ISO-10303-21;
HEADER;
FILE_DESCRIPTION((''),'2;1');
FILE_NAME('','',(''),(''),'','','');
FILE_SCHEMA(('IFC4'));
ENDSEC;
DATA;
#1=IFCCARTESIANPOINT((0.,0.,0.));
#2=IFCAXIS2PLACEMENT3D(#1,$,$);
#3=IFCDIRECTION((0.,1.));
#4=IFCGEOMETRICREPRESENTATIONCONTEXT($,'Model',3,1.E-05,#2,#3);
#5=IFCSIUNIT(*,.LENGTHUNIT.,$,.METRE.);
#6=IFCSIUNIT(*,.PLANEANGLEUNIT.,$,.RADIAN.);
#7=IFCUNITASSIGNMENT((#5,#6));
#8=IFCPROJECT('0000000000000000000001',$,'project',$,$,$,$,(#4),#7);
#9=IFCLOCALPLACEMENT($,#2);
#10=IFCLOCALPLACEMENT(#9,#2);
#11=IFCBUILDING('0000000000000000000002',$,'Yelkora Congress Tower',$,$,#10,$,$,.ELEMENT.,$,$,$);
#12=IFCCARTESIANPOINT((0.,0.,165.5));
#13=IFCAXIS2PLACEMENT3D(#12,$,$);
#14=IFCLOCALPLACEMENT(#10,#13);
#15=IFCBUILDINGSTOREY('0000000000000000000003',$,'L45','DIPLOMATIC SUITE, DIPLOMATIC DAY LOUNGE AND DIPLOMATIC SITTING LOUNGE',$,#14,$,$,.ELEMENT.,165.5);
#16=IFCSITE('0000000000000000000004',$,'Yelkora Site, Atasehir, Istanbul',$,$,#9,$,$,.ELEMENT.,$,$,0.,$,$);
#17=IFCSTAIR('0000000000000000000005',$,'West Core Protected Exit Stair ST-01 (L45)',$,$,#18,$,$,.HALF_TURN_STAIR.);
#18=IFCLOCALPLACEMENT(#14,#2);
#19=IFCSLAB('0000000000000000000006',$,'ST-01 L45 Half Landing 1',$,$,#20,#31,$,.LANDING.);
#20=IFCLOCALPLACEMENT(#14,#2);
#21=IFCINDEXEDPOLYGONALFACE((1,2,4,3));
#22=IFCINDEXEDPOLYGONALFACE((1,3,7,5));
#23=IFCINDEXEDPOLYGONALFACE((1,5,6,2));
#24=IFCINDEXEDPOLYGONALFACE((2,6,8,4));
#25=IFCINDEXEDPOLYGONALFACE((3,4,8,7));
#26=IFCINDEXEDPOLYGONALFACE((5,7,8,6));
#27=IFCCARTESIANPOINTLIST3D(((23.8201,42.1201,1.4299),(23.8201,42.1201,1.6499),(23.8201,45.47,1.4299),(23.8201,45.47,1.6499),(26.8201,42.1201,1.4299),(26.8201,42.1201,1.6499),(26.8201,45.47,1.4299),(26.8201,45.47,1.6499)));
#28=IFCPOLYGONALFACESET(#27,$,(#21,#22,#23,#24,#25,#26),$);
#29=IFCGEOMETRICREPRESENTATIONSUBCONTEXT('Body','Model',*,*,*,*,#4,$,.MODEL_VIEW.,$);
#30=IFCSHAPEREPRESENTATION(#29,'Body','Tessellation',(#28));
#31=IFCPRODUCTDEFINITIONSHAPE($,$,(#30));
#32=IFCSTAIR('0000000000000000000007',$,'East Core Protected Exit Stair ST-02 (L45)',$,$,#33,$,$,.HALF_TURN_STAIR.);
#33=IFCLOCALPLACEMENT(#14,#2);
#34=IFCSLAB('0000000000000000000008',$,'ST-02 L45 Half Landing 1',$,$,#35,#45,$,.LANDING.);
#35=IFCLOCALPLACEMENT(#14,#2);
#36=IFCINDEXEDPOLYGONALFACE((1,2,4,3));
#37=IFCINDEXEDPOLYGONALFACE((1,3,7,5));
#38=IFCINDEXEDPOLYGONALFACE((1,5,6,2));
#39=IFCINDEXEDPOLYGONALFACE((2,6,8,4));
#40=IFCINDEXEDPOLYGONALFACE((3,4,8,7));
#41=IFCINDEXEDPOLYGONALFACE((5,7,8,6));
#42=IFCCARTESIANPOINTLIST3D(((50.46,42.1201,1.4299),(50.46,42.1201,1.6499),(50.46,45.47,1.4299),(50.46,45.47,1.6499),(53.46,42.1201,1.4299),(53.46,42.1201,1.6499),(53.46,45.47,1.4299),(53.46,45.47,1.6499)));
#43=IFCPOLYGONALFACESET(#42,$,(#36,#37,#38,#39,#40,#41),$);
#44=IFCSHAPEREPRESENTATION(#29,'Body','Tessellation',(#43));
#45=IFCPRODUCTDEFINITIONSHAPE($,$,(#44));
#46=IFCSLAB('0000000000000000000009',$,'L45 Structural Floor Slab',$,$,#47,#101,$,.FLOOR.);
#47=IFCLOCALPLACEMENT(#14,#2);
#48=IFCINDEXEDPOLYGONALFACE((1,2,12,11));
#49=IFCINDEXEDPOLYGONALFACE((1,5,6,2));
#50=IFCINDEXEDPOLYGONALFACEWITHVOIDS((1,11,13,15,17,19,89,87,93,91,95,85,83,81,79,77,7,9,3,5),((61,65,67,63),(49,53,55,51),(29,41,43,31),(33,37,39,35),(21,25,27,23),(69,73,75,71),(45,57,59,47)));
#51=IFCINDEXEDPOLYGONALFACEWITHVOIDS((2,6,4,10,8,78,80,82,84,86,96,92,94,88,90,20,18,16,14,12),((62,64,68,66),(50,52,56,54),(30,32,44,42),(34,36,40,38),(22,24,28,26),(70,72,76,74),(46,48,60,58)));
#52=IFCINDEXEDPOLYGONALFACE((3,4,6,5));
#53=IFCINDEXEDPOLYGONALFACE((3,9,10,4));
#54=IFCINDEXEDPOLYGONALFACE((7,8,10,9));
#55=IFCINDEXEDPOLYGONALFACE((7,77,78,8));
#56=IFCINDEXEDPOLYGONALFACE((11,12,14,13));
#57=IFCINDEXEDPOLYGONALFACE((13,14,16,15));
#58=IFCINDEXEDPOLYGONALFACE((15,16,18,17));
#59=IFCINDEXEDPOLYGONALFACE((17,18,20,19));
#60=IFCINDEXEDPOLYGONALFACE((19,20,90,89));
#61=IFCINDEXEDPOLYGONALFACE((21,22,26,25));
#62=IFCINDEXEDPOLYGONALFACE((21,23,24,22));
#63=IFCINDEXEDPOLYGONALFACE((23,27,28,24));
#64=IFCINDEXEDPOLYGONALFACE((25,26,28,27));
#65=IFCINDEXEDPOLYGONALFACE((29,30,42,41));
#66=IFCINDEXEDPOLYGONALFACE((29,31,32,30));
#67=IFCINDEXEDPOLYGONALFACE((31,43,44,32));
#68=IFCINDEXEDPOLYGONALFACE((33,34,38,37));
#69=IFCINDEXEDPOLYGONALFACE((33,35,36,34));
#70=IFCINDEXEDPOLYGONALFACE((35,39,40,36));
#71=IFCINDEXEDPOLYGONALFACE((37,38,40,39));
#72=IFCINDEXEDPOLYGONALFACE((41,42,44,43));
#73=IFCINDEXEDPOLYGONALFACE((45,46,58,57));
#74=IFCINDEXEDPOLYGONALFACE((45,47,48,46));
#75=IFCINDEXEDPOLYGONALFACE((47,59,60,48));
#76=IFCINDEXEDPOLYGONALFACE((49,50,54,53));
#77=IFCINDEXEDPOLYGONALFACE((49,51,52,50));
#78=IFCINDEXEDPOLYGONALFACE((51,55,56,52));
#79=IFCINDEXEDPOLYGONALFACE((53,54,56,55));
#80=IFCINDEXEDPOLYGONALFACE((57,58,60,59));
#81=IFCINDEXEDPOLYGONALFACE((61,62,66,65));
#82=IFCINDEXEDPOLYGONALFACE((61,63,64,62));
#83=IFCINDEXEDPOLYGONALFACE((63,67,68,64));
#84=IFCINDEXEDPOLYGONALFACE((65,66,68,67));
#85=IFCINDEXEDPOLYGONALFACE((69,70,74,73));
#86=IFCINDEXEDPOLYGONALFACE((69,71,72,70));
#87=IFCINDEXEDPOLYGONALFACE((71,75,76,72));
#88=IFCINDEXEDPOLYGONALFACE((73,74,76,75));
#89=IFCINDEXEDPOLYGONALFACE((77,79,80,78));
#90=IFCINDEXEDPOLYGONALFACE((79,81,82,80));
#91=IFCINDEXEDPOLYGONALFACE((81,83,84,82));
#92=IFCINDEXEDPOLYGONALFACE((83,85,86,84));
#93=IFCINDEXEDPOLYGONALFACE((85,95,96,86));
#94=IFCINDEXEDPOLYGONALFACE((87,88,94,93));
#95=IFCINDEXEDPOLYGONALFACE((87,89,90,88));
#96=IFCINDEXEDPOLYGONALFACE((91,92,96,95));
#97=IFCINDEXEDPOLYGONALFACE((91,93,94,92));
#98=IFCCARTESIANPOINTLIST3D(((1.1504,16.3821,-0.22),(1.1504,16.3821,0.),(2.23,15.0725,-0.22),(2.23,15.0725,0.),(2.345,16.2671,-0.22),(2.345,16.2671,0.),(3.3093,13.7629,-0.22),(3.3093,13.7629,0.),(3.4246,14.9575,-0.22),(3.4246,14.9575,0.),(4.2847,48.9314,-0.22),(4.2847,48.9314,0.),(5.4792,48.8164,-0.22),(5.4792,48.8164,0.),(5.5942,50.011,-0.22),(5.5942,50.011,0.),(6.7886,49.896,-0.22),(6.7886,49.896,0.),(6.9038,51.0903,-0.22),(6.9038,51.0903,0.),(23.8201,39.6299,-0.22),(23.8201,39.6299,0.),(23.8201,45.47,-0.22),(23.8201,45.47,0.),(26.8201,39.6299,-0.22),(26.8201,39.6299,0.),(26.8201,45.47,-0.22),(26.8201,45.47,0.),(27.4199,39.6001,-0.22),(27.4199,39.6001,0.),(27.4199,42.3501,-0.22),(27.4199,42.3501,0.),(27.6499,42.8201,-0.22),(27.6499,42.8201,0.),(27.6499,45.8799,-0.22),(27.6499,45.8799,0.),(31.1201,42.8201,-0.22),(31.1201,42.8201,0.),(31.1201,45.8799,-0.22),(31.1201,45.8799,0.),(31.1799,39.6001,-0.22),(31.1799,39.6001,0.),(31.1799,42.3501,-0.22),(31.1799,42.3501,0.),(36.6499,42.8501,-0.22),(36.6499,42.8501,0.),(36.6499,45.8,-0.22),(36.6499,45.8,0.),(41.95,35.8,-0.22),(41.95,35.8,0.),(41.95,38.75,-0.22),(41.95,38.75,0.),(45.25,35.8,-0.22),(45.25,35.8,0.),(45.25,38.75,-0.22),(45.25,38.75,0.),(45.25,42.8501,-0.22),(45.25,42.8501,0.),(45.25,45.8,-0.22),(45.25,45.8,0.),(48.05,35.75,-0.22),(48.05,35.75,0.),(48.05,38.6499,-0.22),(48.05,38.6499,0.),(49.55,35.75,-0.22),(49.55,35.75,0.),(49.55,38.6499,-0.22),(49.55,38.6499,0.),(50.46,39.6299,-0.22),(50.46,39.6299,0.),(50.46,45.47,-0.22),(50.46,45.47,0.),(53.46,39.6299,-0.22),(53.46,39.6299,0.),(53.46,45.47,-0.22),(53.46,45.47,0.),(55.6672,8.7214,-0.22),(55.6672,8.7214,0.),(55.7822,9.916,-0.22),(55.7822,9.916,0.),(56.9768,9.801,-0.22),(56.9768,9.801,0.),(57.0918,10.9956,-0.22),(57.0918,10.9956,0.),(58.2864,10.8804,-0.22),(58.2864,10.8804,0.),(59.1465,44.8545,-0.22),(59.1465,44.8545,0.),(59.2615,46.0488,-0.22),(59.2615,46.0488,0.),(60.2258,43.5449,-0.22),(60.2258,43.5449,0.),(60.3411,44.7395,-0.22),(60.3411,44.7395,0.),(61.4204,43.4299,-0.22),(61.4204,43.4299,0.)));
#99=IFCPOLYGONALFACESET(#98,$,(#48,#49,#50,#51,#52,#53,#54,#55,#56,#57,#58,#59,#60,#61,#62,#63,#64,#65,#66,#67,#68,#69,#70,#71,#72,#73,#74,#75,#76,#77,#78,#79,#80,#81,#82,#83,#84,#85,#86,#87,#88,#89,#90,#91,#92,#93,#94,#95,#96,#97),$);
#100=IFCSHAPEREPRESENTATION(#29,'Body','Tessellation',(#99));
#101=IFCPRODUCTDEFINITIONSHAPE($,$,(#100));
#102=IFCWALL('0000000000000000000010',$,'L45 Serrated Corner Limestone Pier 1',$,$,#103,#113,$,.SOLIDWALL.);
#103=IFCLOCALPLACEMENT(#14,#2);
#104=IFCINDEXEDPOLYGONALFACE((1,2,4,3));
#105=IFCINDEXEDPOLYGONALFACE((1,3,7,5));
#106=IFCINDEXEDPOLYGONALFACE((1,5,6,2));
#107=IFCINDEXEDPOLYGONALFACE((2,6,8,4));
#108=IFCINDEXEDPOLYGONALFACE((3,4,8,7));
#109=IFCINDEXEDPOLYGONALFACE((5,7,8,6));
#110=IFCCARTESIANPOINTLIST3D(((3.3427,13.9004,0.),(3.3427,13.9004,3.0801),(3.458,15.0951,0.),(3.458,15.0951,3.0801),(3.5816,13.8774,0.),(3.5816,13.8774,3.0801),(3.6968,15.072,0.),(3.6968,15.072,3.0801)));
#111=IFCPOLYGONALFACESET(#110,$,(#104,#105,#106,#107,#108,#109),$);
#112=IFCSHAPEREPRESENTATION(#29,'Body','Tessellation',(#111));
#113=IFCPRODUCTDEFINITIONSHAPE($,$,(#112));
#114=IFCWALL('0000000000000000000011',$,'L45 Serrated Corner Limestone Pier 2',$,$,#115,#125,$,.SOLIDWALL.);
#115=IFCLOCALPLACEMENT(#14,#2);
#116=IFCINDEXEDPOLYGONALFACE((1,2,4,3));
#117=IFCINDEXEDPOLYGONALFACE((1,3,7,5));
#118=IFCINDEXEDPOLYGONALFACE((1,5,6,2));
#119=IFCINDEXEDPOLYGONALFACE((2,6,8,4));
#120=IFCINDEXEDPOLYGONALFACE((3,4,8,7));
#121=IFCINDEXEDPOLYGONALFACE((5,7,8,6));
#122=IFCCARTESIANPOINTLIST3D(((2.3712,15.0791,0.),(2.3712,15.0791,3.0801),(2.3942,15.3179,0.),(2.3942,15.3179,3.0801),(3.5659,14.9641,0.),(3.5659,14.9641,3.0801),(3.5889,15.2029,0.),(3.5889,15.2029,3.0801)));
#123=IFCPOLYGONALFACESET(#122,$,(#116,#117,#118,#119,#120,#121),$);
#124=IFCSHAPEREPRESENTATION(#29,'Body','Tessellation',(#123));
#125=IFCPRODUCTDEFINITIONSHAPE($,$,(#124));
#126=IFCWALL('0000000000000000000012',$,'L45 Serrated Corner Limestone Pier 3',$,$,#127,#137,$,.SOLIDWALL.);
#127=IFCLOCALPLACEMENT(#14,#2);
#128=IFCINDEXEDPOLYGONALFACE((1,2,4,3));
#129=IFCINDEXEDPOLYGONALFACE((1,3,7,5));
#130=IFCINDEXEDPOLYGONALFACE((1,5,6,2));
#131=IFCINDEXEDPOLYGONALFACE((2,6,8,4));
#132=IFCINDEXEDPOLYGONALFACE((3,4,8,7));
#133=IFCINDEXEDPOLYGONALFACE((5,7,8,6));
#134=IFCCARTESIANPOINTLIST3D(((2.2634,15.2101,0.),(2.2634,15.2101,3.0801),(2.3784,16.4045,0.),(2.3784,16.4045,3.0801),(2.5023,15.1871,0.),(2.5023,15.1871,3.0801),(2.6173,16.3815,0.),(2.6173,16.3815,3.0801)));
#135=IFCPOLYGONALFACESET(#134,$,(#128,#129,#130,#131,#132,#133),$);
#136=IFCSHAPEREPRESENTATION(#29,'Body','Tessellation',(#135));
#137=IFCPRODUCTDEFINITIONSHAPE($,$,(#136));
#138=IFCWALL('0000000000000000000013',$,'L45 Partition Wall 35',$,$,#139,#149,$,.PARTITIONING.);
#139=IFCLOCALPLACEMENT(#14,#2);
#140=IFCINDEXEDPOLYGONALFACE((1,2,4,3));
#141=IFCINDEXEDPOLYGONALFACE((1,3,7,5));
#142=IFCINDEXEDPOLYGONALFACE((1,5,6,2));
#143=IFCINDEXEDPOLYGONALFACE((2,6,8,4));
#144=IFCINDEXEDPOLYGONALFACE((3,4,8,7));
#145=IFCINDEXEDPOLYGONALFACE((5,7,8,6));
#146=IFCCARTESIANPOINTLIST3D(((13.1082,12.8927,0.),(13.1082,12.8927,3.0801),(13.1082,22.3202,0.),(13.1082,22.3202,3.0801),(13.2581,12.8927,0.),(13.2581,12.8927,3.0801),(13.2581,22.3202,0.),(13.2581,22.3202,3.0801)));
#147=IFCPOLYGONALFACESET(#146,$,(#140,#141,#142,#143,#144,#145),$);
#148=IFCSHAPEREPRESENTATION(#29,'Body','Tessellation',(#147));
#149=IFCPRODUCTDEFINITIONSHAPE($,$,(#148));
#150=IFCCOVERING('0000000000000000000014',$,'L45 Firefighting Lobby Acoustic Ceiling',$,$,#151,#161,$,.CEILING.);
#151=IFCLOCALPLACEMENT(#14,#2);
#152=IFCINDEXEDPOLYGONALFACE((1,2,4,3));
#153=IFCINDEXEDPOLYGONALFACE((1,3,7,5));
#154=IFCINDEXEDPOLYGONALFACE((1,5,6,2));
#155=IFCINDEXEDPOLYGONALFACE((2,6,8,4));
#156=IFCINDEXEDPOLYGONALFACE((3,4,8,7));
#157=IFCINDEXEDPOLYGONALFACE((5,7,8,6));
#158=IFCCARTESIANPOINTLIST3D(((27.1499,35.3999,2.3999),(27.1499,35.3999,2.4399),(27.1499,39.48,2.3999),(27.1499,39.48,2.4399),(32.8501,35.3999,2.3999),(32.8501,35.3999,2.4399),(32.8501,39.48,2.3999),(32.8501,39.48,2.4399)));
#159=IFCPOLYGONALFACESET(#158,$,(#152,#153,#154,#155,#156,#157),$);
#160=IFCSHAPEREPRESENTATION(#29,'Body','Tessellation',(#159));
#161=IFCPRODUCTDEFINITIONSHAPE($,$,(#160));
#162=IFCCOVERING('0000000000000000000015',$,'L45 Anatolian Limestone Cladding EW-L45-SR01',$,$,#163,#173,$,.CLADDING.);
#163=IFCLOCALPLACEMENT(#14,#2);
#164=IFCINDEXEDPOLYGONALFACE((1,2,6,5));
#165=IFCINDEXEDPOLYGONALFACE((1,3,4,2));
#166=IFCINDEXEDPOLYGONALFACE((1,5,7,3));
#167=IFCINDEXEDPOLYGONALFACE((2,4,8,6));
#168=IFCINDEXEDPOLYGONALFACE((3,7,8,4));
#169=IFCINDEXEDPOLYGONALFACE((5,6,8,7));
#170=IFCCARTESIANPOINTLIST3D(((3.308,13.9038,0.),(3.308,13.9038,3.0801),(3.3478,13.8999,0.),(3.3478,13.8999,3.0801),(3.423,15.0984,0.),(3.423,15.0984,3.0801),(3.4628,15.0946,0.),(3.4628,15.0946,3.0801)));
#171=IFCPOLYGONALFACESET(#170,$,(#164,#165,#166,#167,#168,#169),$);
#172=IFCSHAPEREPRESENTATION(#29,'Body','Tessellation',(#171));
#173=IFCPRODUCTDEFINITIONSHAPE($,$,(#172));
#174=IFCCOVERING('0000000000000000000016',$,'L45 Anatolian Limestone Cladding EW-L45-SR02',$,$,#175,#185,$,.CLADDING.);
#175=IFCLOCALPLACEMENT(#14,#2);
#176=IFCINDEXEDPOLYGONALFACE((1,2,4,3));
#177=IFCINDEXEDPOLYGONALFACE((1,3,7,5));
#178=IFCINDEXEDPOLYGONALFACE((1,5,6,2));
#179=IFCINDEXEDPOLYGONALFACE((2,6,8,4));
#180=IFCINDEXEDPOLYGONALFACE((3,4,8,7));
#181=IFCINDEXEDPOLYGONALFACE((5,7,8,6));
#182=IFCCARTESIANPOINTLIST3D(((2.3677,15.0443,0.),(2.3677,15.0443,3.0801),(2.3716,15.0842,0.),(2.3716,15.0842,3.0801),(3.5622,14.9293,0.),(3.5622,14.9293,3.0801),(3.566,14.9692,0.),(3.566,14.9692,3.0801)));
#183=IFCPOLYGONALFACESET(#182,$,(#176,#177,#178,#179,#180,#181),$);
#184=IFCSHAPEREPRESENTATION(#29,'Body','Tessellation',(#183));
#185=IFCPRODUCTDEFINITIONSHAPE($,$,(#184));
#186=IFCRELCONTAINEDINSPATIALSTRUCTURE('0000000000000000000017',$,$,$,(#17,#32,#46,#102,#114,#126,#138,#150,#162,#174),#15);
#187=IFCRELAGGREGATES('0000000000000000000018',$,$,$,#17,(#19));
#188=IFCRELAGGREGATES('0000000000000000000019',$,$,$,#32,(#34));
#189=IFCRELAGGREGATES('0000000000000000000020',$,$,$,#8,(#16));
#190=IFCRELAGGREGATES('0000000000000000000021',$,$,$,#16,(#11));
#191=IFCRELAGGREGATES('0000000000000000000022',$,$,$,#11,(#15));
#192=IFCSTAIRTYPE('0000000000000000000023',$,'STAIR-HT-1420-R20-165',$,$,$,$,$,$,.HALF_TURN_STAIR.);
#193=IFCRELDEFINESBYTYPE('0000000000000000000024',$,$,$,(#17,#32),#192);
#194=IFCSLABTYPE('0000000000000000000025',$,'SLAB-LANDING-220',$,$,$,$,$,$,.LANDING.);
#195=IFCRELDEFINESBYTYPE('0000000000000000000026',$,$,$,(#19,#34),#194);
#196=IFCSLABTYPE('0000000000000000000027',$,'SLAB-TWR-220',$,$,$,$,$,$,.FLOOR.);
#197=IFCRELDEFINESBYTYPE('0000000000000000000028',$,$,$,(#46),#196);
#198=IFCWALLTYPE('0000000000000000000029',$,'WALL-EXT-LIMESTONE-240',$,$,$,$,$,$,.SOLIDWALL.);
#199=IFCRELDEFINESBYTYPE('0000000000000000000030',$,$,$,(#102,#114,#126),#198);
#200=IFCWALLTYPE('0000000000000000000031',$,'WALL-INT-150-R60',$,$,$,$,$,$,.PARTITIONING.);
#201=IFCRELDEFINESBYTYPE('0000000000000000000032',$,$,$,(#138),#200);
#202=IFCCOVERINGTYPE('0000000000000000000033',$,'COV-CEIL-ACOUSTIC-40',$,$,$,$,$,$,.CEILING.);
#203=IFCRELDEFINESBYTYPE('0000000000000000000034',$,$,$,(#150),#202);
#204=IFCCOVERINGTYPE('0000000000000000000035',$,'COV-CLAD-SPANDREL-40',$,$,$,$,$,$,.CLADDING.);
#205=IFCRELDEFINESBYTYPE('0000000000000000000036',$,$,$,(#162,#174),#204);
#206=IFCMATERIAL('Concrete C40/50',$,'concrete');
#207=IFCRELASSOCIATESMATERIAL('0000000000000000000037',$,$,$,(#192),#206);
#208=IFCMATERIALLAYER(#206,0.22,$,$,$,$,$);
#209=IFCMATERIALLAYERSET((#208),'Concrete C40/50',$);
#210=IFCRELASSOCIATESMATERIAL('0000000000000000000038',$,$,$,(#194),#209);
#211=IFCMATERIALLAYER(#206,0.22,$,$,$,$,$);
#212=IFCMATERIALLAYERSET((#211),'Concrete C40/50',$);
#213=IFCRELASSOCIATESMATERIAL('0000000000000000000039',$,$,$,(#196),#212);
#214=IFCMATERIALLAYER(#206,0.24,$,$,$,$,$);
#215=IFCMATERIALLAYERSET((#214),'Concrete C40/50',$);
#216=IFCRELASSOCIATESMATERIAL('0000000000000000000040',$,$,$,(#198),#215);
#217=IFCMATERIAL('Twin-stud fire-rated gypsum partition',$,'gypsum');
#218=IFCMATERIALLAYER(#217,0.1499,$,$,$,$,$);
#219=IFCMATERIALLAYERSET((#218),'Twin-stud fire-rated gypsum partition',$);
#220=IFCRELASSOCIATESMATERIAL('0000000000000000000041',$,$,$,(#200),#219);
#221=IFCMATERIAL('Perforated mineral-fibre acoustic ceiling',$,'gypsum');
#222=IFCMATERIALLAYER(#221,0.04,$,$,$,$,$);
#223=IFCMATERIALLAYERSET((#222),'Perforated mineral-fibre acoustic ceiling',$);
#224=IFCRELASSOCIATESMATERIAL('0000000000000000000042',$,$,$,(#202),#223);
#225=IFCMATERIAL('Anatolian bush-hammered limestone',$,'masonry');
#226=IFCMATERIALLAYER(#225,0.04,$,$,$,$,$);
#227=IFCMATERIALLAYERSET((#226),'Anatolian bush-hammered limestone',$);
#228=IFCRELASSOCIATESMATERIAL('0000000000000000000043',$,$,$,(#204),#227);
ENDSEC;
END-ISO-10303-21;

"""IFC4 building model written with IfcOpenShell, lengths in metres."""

from ifc_helpers import new_model, si_unit, direction, frame, frame_2d, origin, place, context, subcontext, project, spatial, polyline, rectangle, outline, extrude, material, layer, layer_set, type_object, element, aggregate, save


model = new_model("IFC4")

# Units and contexts
model_context = context("Model", 3, precision=1e-05, world=origin(), true_north=direction((0.0, 1.0)))
body_context = subcontext(model_context, "Body", "Model", "MODEL_VIEW")
ifc_project = project(units=[si_unit("LENGTHUNIT", "METRE"), si_unit("PLANEANGLEUNIT", "RADIAN")], contexts=[model_context])

# Site, building, storey
site_placement = place(None, origin())
site = spatial("IfcSite", under=ifc_project, at=site_placement, Name="Yelkora Site, Atasehir, Istanbul", CompositionType="ELEMENT", RefElevation=0.0)
building_placement = place(site_placement, origin())
building = spatial("IfcBuilding", under=site, at=building_placement, Name="Yelkora Congress Tower", CompositionType="ELEMENT")
storey_placement = place(building_placement, frame((0.0, 0.0, 165.5)))
storey = spatial("IfcBuildingStorey", under=building, at=storey_placement, Name="L45", Description="DIPLOMATIC SUITE, DIPLOMATIC DAY LOUNGE AND DIPLOMATIC SITTING LOUNGE", CompositionType="ELEMENT", Elevation=165.5)

# Stairs, slabs
ifc_material_1 = material(Name="Concrete C40/50", Category="concrete")
stair_type = type_object("IfcStairType", Name="STAIR-HT-1420-R20-165", PredefinedType="HALF_TURN_STAIR", material=ifc_material_1)
stair_1_placement = place(storey_placement, origin())
stair_1 = element("IfcStair", 1, at=stair_1_placement, inside=storey, type_object=stair_type, Name="West Core Protected Exit Stair ST-01 (L45)", PredefinedType="HALF_TURN_STAIR")
ifc_layer_1 = layer(ifc_material_1, 0.22)
ifc_layer_set_1 = layer_set([ifc_layer_1], Name="Concrete C40/50")
slab_type_1 = type_object("IfcSlabType", Name="SLAB-LANDING-220", PredefinedType="LANDING", material=ifc_layer_set_1)
slab_1_placement = place(storey_placement, frame((0.0, 0.0, 1.4299)))
slab_1 = element("IfcSlab", 2, at=slab_1_placement, type_object=slab_type_1, Name="ST-01 L45 Half Landing 1", PredefinedType="LANDING", context=body_context, shape_type="SweptSolid", body=[
    extrude(outline(polyline([(26.8201, 42.1201), (26.8201, 45.47), (23.8201, 45.47), (23.8201, 42.1201), (26.8201, 42.1201)])), origin(), (0.0, 0.0, 1.0), 0.22),
])
aggregate(stair_1, [slab_1])
stair_2_placement = place(storey_placement, origin())
stair_2 = element("IfcStair", 3, at=stair_2_placement, inside=storey, type_object=stair_type, Name="East Core Protected Exit Stair ST-02 (L45)", PredefinedType="HALF_TURN_STAIR")
slab_2_placement = place(storey_placement, frame((0.0, 0.0, 1.4299)))
slab_2 = element("IfcSlab", 4, at=slab_2_placement, type_object=slab_type_1, Name="ST-02 L45 Half Landing 1", PredefinedType="LANDING", context=body_context, shape_type="SweptSolid", body=[
    extrude(outline(polyline([(53.46, 42.1201), (53.46, 45.47), (50.46, 45.47), (50.46, 42.1201), (53.46, 42.1201)])), origin(), (0.0, 0.0, 1.0), 0.22),
])
aggregate(stair_2, [slab_2])

# Slab
ifc_layer_2 = layer(ifc_material_1, 0.22)
ifc_layer_set_2 = layer_set([ifc_layer_2], Name="Concrete C40/50")
slab_type_2 = type_object("IfcSlabType", Name="SLAB-TWR-220", PredefinedType="FLOOR", material=ifc_layer_set_2)
slab_3_placement = place(storey_placement, frame((0.0, 0.0, -0.22)))
element("IfcSlab", 5, at=slab_3_placement, inside=storey, type_object=slab_type_2, Name="L45 Structural Floor Slab", PredefinedType="FLOOR", context=body_context, shape_type="SweptSolid", body=[
    extrude(outline(polyline([(3.3093, 13.7629), (55.6672, 8.7214), (55.7822, 9.916), (56.9768, 9.801), (57.0918, 10.9956), (58.2864, 10.8804), (61.4204, 43.4299), (60.2258, 43.5449), (60.3411, 44.7395), (59.1465, 44.8545), (59.2615, 46.0488), (6.9038, 51.0903), (6.7886, 49.896), (5.5942, 50.011), (5.4792, 48.8164), (4.2847, 48.9314), (1.1504, 16.3821), (2.345, 16.2671), (2.23, 15.0725), (3.4246, 14.9575), (3.3093, 13.7629)]), holes=[polyline([(23.8201, 39.6299), (26.8201, 39.6299), (26.8201, 45.47), (23.8201, 45.47), (23.8201, 39.6299)]), polyline([(50.46, 39.6299), (53.46, 39.6299), (53.46, 45.47), (50.46, 45.47), (50.46, 39.6299)]), polyline([(48.05, 35.75), (49.55, 35.75), (49.55, 38.6499), (48.05, 38.6499), (48.05, 35.75)]), polyline([(36.6499, 42.8501), (45.25, 42.8501), (45.25, 45.8), (36.6499, 45.8), (36.6499, 42.8501)]), polyline([(41.95, 35.8), (45.25, 35.8), (45.25, 38.75), (41.95, 38.75), (41.95, 35.8)]), polyline([(27.4199, 39.6001), (31.1799, 39.6001), (31.1799, 42.3501), (27.4199, 42.3501), (27.4199, 39.6001)]), polyline([(27.6499, 42.8201), (31.1201, 42.8201), (31.1201, 45.8799), (27.6499, 45.8799), (27.6499, 42.8201)])]), origin(), (0.0, 0.0, 1.0), 0.22),
])

# Walls
ifc_layer_3 = layer(ifc_material_1, 0.24)
ifc_layer_set_3 = layer_set([ifc_layer_3], Name="Concrete C40/50")
wall_type_1 = type_object("IfcWallType", Name="WALL-EXT-LIMESTONE-240", PredefinedType="SOLIDWALL", material=ifc_layer_set_3)
for number, where, z_axis, x_axis, name in (
    (6, (3.4622, 13.8889, 0.0), (0.0, 0.0, 1.0), (0.096019, 0.99538, 0.0), "L45 Serrated Corner Limestone Pier 1"),
    (7, (3.5774, 15.0835, 0.0), (0.0, 0.0, 1.0), (-0.995399, 0.095817, 0.0), "L45 Serrated Corner Limestone Pier 2"),
):
    element("IfcWall", number, at=place(storey_placement, frame(where, z_axis=z_axis, x_axis=x_axis)), inside=storey, type_object=wall_type_1, Name=name, PredefinedType="SOLIDWALL", context=body_context, shape_type="SweptSolid", body=[
        extrude(rectangle(XDim=1.2002, YDim=0.24, at=frame_2d((0.6001, 0.0))), origin(), (0.0, 0.0, 1.0), 3.0801),
    ])
wall_1_placement = place(storey_placement, frame((2.3828, 15.1985, 0.0), z_axis=(0.0, 0.0, 1.0), x_axis=(0.095836, 0.995397, 0.0)))
element("IfcWall", 8, at=wall_1_placement, inside=storey, type_object=wall_type_1, Name="L45 Serrated Corner Limestone Pier 3", PredefinedType="SOLIDWALL", context=body_context, shape_type="SweptSolid", body=[
    extrude(rectangle(XDim=1.2, YDim=0.24, at=frame_2d((0.6001, 0.0))), origin(), (0.0, 0.0, 1.0), 3.0801),
])
ifc_material_2 = material(Name="Twin-stud fire-rated gypsum partition", Category="gypsum")
ifc_layer_4 = layer(ifc_material_2, 0.1499)
ifc_layer_set_4 = layer_set([ifc_layer_4], Name="Twin-stud fire-rated gypsum partition")
wall_type_2 = type_object("IfcWallType", Name="WALL-INT-150-R60", PredefinedType="PARTITIONING", material=ifc_layer_set_4)
wall_2_placement = place(storey_placement, frame((13.1831, 12.8926, 0.0), z_axis=(0.0, 0.0, 1.0), x_axis=(0.0, 1.0, 0.0)))
element("IfcWall", 9, at=wall_2_placement, inside=storey, type_object=wall_type_2, Name="L45 Partition Wall 35", PredefinedType="PARTITIONING", context=body_context, shape_type="SweptSolid", body=[
    extrude(rectangle(XDim=9.4275, YDim=0.1499, at=frame_2d((4.7139, 0.0))), origin(), (0.0, 0.0, 1.0), 3.0801),
])

# Coverings
ifc_material_3 = material(Name="Perforated mineral-fibre acoustic ceiling", Category="gypsum")
ifc_layer_5 = layer(ifc_material_3, 0.04)
ifc_layer_set_5 = layer_set([ifc_layer_5], Name="Perforated mineral-fibre acoustic ceiling")
covering_type_1 = type_object("IfcCoveringType", Name="COV-CEIL-ACOUSTIC-40", PredefinedType="CEILING", material=ifc_layer_set_5)
covering_1_placement = place(storey_placement, frame((0.0, 0.0, 2.3999)))
element("IfcCovering", 10, at=covering_1_placement, inside=storey, type_object=covering_type_1, Name="L45 Firefighting Lobby Acoustic Ceiling", PredefinedType="CEILING", context=body_context, shape_type="SweptSolid", body=[
    extrude(outline(polyline([(27.1499, 35.3999), (32.8501, 35.3999), (32.8501, 39.48), (27.1499, 39.48), (27.1499, 35.3999)])), origin(), (0.0, 0.0, 1.0), 0.04),
])
ifc_material_4 = material(Name="Anatolian bush-hammered limestone", Category="masonry")
ifc_layer_6 = layer(ifc_material_4, 0.04)
ifc_layer_set_6 = layer_set([ifc_layer_6], Name="Anatolian bush-hammered limestone")
covering_type_2 = type_object("IfcCoveringType", Name="COV-CLAD-SPANDREL-40", PredefinedType="CLADDING", material=ifc_layer_set_6)
covering_2_placement = place(storey_placement, frame((3.3279, 13.9019, 0.0), z_axis=(0.0, 0.0, 1.0), x_axis=(0.095817, 0.995399, 0.0)))
element("IfcCovering", 11, at=covering_2_placement, inside=storey, type_object=covering_type_2, Name="L45 Anatolian Limestone Cladding EW-L45-SR01", PredefinedType="CLADDING", context=body_context, shape_type="SweptSolid", body=[
    extrude(rectangle(XDim=1.2002, YDim=0.04, at=frame_2d((0.6001, 0.0))), origin(), (0.0, 0.0, 1.0), 3.0801),
])
covering_3_placement = place(storey_placement, frame((3.5642, 14.9492, 0.0), z_axis=(0.0, 0.0, 1.0), x_axis=(-0.995397, 0.095836, 0.0)))
element("IfcCovering", 12, at=covering_3_placement, inside=storey, type_object=covering_type_2, Name="L45 Anatolian Limestone Cladding EW-L45-SR02", PredefinedType="CLADDING", context=body_context, shape_type="SweptSolid", body=[
    extrude(rectangle(XDim=1.2, YDim=0.04, at=frame_2d((0.6001, 0.0))), origin(), (0.0, 0.0, 1.0), 3.0801),
])

save(model, "model.ifc")
